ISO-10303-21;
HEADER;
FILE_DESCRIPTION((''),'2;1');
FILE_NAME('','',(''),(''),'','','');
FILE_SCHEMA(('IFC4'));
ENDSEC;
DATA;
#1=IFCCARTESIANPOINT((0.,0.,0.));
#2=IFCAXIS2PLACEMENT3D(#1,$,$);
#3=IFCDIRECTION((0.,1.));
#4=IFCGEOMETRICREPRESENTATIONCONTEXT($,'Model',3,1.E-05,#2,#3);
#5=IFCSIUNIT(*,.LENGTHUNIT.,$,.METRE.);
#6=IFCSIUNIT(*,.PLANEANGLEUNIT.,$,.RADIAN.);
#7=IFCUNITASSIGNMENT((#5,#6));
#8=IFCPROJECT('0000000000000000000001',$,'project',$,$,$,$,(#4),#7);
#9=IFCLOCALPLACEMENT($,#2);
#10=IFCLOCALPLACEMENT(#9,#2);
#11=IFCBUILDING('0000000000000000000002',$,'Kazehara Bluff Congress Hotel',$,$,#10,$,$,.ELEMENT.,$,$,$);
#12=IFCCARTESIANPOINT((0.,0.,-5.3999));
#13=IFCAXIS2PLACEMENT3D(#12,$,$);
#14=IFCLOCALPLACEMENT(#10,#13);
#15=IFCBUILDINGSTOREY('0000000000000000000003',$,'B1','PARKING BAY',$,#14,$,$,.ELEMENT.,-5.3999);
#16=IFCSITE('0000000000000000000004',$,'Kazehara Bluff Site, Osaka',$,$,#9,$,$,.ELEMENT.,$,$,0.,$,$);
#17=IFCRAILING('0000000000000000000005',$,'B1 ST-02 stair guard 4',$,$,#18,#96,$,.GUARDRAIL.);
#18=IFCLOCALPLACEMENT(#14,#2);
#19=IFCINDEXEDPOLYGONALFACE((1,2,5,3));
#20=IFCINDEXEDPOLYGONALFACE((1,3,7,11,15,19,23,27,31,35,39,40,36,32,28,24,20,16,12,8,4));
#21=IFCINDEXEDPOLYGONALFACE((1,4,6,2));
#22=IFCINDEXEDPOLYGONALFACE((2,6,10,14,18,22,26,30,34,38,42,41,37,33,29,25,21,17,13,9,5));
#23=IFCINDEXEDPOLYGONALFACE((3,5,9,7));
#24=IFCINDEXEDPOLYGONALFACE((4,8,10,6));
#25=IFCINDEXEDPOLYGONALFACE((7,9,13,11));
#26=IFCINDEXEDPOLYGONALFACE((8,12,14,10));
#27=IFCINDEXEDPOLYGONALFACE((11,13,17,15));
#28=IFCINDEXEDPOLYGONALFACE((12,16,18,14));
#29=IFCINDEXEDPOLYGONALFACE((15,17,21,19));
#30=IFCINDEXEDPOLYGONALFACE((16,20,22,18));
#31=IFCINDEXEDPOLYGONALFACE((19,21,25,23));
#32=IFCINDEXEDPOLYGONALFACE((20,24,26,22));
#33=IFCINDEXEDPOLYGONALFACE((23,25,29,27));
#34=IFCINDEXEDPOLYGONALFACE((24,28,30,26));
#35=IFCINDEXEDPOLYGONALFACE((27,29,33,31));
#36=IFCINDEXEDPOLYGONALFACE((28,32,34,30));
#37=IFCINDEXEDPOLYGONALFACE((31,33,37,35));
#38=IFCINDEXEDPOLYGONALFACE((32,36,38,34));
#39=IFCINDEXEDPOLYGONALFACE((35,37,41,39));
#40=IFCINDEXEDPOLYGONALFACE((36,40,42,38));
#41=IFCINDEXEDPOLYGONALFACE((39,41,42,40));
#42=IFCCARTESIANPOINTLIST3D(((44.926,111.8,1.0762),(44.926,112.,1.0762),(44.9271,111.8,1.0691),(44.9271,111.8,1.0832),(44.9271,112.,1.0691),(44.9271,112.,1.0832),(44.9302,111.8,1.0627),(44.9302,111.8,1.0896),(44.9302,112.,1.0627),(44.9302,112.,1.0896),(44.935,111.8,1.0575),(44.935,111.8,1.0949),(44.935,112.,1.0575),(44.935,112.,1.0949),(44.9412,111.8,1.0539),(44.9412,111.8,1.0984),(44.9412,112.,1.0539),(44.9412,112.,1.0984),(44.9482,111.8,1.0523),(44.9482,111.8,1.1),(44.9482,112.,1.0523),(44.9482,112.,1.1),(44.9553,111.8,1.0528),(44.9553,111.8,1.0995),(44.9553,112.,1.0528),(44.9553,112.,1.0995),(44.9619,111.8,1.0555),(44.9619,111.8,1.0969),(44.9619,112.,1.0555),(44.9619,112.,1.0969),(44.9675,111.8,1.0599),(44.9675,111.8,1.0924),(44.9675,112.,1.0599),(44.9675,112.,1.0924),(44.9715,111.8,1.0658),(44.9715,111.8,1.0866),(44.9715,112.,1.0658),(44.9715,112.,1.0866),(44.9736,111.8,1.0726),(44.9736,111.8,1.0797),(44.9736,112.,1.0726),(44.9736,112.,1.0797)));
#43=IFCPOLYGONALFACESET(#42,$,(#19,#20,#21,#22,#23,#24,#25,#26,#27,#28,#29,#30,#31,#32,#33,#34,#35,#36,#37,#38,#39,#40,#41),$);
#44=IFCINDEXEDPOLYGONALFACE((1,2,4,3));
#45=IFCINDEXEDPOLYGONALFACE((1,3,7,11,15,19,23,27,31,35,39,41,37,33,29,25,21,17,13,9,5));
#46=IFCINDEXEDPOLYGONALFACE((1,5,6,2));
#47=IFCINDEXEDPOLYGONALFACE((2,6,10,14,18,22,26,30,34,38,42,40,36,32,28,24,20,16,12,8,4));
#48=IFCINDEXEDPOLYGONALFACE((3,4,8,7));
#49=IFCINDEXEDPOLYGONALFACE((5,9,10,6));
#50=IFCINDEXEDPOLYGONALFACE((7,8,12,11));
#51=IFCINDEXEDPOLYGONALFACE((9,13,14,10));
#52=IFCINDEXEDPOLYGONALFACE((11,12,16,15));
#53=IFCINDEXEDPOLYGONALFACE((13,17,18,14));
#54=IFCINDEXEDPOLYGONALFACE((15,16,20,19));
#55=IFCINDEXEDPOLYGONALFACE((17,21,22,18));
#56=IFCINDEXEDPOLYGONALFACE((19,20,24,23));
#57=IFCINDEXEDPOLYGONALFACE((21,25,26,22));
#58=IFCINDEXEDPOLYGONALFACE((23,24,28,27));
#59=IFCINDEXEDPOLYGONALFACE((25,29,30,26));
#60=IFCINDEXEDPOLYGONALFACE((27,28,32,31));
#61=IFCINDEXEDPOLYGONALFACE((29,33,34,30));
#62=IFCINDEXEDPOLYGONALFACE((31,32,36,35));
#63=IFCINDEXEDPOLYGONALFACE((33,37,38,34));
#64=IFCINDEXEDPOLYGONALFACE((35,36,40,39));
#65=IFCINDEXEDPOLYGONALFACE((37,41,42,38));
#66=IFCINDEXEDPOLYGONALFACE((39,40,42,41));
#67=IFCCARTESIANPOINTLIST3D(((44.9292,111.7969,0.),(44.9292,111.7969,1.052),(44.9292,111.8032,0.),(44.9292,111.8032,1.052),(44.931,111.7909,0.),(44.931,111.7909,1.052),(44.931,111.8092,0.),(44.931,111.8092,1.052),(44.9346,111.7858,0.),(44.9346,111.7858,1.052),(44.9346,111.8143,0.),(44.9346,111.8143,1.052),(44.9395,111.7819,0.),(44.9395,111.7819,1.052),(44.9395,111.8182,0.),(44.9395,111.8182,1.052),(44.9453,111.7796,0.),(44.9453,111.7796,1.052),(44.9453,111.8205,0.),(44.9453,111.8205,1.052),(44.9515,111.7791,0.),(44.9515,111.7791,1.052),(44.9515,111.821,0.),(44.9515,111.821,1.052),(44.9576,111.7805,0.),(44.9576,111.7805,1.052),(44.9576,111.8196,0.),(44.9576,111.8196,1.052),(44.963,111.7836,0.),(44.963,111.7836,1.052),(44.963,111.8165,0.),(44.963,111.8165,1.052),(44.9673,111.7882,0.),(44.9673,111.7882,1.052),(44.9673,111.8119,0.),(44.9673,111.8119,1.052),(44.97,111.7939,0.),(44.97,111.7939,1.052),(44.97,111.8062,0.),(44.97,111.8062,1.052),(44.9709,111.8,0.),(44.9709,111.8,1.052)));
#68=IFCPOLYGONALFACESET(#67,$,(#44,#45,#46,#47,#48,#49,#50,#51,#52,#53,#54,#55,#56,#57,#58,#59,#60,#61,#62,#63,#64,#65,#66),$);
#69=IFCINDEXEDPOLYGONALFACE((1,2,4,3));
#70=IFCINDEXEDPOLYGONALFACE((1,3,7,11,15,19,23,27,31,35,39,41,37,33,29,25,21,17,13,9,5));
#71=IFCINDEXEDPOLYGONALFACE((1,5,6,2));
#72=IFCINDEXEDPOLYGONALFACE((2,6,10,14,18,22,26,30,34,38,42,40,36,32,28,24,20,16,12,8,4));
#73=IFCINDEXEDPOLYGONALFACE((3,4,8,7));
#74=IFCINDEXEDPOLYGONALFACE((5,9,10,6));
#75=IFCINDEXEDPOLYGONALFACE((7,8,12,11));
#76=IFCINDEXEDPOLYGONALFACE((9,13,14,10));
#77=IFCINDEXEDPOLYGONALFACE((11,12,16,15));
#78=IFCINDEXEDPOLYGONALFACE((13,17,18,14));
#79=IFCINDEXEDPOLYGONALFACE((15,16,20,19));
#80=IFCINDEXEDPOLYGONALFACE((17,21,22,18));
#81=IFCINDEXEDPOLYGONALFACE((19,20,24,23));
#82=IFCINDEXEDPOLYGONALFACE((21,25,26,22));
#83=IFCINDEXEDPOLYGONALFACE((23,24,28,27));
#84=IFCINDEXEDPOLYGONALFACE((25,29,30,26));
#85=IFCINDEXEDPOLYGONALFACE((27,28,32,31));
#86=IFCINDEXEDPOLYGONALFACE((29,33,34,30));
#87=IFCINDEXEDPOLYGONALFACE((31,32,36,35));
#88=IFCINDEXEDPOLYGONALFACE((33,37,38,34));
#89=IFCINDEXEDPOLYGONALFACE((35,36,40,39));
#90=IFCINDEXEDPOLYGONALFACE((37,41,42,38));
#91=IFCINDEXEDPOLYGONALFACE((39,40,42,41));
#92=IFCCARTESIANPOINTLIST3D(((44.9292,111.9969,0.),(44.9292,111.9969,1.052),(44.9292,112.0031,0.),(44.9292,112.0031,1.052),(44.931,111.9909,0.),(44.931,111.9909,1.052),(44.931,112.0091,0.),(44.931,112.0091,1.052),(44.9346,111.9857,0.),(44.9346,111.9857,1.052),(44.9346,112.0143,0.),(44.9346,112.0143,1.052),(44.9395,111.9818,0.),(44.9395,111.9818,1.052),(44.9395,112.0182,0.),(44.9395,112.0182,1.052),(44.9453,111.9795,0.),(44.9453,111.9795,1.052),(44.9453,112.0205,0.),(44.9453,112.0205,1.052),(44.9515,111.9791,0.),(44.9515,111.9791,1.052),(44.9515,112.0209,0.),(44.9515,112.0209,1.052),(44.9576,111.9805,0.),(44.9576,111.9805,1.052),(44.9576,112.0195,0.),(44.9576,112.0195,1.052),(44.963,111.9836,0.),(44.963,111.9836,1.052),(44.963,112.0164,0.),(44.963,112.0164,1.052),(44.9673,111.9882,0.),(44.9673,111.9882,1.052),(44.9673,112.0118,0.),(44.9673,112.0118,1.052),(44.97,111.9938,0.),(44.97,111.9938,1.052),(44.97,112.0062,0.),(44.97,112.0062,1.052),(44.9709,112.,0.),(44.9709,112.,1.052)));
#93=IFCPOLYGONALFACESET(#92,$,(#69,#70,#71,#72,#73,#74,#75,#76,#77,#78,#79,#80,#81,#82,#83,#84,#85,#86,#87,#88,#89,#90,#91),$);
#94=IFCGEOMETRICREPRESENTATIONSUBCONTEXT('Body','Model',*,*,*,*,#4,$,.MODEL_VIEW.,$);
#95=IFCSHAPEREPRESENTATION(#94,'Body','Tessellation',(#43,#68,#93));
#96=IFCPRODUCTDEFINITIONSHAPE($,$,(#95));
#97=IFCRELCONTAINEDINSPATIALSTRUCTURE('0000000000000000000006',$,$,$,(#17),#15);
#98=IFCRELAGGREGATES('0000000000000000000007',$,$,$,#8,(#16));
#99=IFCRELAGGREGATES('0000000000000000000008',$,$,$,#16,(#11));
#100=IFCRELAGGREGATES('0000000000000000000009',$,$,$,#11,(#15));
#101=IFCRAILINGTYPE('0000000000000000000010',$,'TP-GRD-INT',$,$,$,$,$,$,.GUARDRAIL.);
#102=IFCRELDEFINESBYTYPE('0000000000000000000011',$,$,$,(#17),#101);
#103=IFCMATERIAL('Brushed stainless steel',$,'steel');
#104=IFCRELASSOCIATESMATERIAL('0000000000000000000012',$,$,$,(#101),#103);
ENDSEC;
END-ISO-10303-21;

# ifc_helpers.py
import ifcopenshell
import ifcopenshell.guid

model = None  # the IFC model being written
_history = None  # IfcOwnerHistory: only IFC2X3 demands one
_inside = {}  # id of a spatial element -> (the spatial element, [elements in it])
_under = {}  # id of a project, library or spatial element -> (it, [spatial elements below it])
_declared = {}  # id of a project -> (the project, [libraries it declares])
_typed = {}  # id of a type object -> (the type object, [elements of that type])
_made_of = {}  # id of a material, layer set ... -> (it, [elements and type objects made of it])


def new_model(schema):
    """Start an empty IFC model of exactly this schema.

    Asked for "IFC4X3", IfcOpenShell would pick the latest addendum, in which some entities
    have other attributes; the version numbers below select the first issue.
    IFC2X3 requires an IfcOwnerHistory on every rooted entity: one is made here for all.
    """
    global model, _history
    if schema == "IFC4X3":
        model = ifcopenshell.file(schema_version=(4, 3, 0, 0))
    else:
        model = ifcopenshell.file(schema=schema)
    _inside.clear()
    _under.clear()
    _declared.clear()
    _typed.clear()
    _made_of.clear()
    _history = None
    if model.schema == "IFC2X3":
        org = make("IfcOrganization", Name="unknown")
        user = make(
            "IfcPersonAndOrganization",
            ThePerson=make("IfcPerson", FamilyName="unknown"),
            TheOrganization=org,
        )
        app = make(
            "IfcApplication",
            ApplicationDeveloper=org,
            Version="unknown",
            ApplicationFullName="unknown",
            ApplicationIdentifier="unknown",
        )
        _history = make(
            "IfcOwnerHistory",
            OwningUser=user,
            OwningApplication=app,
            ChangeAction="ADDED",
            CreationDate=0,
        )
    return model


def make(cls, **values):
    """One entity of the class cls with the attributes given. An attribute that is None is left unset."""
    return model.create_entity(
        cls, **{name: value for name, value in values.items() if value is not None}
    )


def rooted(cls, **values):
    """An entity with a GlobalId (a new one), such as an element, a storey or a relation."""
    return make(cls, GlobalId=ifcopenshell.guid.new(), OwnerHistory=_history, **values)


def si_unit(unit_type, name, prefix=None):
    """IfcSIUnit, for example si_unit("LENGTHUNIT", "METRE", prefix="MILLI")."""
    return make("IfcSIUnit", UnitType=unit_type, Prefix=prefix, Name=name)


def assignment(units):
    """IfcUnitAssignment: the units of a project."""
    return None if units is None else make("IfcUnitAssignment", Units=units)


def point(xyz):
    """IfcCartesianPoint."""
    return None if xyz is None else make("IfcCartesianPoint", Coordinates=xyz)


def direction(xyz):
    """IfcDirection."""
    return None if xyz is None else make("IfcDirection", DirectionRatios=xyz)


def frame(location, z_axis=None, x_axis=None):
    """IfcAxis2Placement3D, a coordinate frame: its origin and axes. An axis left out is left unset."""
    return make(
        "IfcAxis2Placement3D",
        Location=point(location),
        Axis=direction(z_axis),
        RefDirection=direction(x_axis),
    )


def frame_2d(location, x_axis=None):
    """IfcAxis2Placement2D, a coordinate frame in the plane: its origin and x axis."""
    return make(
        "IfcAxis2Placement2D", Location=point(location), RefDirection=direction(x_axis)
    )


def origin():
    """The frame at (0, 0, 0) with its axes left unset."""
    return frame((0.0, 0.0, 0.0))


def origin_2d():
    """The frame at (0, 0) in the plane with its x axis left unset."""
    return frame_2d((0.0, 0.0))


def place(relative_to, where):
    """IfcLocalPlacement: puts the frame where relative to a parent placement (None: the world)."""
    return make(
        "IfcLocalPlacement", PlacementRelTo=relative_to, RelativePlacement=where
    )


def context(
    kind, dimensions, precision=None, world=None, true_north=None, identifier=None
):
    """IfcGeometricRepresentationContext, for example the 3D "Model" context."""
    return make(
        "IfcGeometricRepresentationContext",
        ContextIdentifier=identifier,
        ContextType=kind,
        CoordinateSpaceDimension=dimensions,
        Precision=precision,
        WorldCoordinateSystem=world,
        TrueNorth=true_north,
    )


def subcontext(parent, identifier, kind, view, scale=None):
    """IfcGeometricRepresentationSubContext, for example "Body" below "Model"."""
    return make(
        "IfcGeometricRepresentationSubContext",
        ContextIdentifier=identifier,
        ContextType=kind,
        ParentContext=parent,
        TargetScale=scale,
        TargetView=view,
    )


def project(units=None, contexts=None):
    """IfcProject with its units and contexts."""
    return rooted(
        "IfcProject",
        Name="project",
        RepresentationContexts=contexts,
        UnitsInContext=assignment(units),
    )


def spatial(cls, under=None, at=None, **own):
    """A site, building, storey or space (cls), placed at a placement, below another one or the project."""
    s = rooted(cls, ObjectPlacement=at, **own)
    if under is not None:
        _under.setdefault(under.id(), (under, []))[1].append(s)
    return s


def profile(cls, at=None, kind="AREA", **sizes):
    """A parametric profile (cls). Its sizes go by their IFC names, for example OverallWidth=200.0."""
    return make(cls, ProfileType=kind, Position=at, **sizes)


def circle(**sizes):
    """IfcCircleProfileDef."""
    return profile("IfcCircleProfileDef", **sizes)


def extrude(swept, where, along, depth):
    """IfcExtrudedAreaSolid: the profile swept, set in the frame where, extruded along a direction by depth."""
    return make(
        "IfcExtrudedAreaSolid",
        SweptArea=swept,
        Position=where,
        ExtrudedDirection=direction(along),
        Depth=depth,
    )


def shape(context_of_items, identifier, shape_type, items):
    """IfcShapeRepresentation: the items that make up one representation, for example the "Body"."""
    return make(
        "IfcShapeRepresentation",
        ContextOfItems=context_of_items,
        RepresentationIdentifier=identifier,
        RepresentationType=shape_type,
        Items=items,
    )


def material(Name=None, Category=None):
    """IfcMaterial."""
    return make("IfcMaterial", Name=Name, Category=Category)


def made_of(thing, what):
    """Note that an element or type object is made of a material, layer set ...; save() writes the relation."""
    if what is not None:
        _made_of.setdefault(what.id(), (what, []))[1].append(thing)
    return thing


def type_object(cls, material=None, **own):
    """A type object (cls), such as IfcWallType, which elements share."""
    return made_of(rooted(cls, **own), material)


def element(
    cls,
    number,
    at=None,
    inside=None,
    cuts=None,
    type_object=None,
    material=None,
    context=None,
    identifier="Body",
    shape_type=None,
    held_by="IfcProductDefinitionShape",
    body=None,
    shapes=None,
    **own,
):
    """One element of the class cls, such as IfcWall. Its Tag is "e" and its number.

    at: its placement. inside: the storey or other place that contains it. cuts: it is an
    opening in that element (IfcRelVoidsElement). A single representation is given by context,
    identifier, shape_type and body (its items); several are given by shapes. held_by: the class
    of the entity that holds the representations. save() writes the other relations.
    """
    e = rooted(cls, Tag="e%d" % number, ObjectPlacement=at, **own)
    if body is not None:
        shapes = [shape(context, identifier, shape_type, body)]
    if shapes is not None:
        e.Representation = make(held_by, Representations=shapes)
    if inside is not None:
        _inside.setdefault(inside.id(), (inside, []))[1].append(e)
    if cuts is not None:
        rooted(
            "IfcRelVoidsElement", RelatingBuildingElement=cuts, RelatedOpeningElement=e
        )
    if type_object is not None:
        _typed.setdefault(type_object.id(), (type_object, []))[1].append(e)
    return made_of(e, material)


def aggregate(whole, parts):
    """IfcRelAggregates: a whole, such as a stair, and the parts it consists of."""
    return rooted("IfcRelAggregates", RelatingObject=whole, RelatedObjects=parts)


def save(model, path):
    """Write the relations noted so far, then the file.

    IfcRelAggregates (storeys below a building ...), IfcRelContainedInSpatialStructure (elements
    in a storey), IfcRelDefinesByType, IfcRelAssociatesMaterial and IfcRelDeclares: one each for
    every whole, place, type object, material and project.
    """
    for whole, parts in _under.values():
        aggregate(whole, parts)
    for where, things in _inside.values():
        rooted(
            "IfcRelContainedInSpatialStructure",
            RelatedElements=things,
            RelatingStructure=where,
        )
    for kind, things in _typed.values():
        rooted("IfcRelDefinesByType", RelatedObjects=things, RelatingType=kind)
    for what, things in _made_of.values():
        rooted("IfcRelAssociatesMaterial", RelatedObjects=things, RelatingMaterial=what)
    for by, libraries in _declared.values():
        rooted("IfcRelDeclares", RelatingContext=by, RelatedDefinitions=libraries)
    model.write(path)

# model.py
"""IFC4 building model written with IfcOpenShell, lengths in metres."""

from ifc_helpers import new_model, si_unit, direction, frame, origin, origin_2d, place, context, subcontext, project, spatial, circle, extrude, material, type_object, element, save


model = new_model("IFC4")

# Units and contexts
model_context = context("Model", 3, precision=1e-05, world=origin(), true_north=direction((0.0, 1.0)))
body_context = subcontext(model_context, "Body", "Model", "MODEL_VIEW")
ifc_project = project(units=[si_unit("LENGTHUNIT", "METRE"), si_unit("PLANEANGLEUNIT", "RADIAN")], contexts=[model_context])

# Site, building, storey
site_placement = place(None, origin())
site = spatial("IfcSite", under=ifc_project, at=site_placement, Name="Kazehara Bluff Site, Osaka", CompositionType="ELEMENT", RefElevation=0.0)
building_placement = place(site_placement, origin())
building = spatial("IfcBuilding", under=site, at=building_placement, Name="Kazehara Bluff Congress Hotel", CompositionType="ELEMENT")
storey_placement = place(building_placement, frame((0.0, 0.0, -5.3999)))
storey = spatial("IfcBuildingStorey", under=building, at=storey_placement, Name="B1", Description="PARKING BAY", CompositionType="ELEMENT", Elevation=-5.3999)

# Railing
ifc_material_1 = material(Name="Brushed stainless steel", Category="steel")
railing_type_1 = type_object("IfcRailingType", Name="TP-GRD-INT", PredefinedType="GUARDRAIL", material=ifc_material_1)
railing_1_placement = place(storey_placement, frame((44.95, 111.8, 0.0)))
element("IfcRailing", 1, at=railing_1_placement, inside=storey, type_object=railing_type_1, Name="B1 ST-02 stair guard 4", PredefinedType="GUARDRAIL", context=body_context, shape_type="SweptSolid", body=[
    extrude(circle(Radius=0.0239, at=origin_2d()), frame((0.0, 0.0, 1.0762), z_axis=(0.0, 1.0, 0.0), x_axis=(-1.0, 0.0, 0.0)), (0.0, 0.0, 1.0), 0.2),
    extrude(circle(Radius=0.021, at=origin_2d()), origin(), (0.0, 0.0, 1.0), 1.052),
    extrude(circle(Radius=0.021, at=origin_2d()), frame((0.0, 0.2, 0.0)), (0.0, 0.0, 1.0), 1.052),
])

save(model, "model.ifc")
